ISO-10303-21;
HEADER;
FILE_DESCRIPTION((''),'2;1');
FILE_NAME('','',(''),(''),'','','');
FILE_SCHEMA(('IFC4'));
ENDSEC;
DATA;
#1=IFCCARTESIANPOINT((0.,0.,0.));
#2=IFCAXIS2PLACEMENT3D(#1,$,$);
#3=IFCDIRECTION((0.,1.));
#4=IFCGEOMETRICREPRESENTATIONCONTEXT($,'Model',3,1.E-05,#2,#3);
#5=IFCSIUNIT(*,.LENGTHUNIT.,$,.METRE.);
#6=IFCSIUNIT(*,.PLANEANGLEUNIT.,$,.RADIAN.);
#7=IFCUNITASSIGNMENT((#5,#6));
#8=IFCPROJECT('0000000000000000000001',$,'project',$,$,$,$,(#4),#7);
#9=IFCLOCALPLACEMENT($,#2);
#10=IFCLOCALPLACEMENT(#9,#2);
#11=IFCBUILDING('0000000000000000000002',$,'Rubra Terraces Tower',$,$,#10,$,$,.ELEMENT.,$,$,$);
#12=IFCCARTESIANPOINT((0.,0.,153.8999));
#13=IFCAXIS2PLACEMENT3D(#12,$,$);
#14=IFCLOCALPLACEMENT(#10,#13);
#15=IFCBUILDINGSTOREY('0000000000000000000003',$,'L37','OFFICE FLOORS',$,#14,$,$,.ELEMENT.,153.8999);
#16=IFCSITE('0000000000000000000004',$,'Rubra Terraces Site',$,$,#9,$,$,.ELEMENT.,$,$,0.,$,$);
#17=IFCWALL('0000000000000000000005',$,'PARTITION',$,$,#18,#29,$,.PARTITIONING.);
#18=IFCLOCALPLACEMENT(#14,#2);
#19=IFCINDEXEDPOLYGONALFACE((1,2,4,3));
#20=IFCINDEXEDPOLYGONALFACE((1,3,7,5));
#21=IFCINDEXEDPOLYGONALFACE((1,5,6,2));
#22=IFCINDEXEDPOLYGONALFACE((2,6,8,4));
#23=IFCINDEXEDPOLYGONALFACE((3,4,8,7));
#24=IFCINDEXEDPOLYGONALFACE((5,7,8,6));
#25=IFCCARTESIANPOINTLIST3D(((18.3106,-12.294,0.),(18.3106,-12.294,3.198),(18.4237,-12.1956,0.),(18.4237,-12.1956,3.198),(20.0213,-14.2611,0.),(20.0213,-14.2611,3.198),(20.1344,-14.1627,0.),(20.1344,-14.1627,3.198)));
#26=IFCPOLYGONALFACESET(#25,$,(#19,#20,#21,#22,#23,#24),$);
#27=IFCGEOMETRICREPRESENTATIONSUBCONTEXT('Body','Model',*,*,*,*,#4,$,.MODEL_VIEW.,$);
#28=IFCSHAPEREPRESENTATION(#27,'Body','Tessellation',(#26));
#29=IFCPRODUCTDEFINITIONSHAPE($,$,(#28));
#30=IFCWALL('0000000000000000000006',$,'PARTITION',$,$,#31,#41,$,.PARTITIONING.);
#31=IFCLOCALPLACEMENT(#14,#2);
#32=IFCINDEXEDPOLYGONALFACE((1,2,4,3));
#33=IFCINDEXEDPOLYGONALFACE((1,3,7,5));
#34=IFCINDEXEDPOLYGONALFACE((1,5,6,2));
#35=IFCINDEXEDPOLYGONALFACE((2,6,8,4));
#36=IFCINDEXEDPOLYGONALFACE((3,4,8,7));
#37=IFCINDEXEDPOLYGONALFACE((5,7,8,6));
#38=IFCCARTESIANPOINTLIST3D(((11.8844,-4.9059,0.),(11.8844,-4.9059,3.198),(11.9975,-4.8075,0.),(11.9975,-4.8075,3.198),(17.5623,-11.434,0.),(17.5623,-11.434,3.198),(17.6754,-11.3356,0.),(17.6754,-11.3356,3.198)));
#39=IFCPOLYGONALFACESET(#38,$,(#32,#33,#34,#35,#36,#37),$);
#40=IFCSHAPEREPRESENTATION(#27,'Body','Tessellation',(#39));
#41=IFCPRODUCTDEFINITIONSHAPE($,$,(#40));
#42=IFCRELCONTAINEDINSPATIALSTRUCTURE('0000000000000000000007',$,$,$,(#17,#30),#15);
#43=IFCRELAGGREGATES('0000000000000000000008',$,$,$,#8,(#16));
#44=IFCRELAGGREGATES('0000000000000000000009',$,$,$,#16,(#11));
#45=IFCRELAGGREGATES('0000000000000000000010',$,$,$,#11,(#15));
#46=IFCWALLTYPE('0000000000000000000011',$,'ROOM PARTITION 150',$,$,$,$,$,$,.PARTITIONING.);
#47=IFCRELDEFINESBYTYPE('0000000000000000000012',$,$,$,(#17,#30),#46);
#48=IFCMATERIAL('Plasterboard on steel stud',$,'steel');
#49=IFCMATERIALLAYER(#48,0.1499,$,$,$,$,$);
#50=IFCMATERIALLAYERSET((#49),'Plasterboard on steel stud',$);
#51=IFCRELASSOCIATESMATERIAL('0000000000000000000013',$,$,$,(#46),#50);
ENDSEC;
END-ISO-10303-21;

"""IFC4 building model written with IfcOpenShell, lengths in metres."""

from ifc_helpers import new_model, si_unit, direction, frame, frame_2d, origin, place, context, subcontext, project, spatial, rectangle, extrude, material, layer, layer_set, type_object, element, save


model = new_model("IFC4")

# Units and contexts
model_context = context("Model", 3, precision=1e-05, world=origin(), true_north=direction((0.0, 1.0)))
body_context = subcontext(model_context, "Body", "Model", "MODEL_VIEW")
ifc_project = project(units=[si_unit("LENGTHUNIT", "METRE"), si_unit("PLANEANGLEUNIT", "RADIAN")], contexts=[model_context])

# Site, building, storey
site_placement = place(None, origin())
site = spatial("IfcSite", under=ifc_project, at=site_placement, Name="Rubra Terraces Site", CompositionType="ELEMENT", RefElevation=0.0)
building_placement = place(site_placement, origin())
building = spatial("IfcBuilding", under=site, at=building_placement, Name="Rubra Terraces Tower", CompositionType="ELEMENT")
storey_placement = place(building_placement, frame((0.0, 0.0, 153.8999)))
storey = spatial("IfcBuildingStorey", under=building, at=storey_placement, Name="L37", Description="OFFICE FLOORS", CompositionType="ELEMENT", Elevation=153.8999)

# Walls
ifc_material_1 = material(Name="Plasterboard on steel stud", Category="steel")
ifc_layer_1 = layer(ifc_material_1, 0.1499)
ifc_layer_set_1 = layer_set([ifc_layer_1], Name="Plasterboard on steel stud")
wall_type_1 = type_object("IfcWallType", Name="ROOM PARTITION 150", PredefinedType="PARTITIONING", material=ifc_layer_set_1)
wall_1_placement = place(storey_placement, frame((20.0779, -14.2119, 0.0), z_axis=(0.0, 0.0, 1.0), x_axis=(-0.656227, 0.754563, 0.0)))
element("IfcWall", 1, at=wall_1_placement, inside=storey, type_object=wall_type_1, Name="PARTITION", PredefinedType="PARTITIONING", context=body_context, shape_type="SweptSolid", body=[
    extrude(rectangle(XDim=2.6069, YDim=0.1499, at=frame_2d((1.3035, 0.0))), origin(), (0.0, 0.0, 1.0), 3.198),
])
wall_2_placement = place(storey_placement, frame((17.6189, -11.3848, 0.0), z_axis=(0.0, 0.0, 1.0), x_axis=(-0.65627, 0.754526, 0.0)))
element("IfcWall", 2, at=wall_2_placement, inside=storey, type_object=wall_type_1, Name="PARTITION", PredefinedType="PARTITIONING", context=body_context, shape_type="SweptSolid", body=[
    extrude(rectangle(XDim=8.6519, YDim=0.1499, at=frame_2d((4.3259, 0.0))), origin(), (0.0, 0.0, 1.0), 3.198),
])

save(model, "model.ifc")
